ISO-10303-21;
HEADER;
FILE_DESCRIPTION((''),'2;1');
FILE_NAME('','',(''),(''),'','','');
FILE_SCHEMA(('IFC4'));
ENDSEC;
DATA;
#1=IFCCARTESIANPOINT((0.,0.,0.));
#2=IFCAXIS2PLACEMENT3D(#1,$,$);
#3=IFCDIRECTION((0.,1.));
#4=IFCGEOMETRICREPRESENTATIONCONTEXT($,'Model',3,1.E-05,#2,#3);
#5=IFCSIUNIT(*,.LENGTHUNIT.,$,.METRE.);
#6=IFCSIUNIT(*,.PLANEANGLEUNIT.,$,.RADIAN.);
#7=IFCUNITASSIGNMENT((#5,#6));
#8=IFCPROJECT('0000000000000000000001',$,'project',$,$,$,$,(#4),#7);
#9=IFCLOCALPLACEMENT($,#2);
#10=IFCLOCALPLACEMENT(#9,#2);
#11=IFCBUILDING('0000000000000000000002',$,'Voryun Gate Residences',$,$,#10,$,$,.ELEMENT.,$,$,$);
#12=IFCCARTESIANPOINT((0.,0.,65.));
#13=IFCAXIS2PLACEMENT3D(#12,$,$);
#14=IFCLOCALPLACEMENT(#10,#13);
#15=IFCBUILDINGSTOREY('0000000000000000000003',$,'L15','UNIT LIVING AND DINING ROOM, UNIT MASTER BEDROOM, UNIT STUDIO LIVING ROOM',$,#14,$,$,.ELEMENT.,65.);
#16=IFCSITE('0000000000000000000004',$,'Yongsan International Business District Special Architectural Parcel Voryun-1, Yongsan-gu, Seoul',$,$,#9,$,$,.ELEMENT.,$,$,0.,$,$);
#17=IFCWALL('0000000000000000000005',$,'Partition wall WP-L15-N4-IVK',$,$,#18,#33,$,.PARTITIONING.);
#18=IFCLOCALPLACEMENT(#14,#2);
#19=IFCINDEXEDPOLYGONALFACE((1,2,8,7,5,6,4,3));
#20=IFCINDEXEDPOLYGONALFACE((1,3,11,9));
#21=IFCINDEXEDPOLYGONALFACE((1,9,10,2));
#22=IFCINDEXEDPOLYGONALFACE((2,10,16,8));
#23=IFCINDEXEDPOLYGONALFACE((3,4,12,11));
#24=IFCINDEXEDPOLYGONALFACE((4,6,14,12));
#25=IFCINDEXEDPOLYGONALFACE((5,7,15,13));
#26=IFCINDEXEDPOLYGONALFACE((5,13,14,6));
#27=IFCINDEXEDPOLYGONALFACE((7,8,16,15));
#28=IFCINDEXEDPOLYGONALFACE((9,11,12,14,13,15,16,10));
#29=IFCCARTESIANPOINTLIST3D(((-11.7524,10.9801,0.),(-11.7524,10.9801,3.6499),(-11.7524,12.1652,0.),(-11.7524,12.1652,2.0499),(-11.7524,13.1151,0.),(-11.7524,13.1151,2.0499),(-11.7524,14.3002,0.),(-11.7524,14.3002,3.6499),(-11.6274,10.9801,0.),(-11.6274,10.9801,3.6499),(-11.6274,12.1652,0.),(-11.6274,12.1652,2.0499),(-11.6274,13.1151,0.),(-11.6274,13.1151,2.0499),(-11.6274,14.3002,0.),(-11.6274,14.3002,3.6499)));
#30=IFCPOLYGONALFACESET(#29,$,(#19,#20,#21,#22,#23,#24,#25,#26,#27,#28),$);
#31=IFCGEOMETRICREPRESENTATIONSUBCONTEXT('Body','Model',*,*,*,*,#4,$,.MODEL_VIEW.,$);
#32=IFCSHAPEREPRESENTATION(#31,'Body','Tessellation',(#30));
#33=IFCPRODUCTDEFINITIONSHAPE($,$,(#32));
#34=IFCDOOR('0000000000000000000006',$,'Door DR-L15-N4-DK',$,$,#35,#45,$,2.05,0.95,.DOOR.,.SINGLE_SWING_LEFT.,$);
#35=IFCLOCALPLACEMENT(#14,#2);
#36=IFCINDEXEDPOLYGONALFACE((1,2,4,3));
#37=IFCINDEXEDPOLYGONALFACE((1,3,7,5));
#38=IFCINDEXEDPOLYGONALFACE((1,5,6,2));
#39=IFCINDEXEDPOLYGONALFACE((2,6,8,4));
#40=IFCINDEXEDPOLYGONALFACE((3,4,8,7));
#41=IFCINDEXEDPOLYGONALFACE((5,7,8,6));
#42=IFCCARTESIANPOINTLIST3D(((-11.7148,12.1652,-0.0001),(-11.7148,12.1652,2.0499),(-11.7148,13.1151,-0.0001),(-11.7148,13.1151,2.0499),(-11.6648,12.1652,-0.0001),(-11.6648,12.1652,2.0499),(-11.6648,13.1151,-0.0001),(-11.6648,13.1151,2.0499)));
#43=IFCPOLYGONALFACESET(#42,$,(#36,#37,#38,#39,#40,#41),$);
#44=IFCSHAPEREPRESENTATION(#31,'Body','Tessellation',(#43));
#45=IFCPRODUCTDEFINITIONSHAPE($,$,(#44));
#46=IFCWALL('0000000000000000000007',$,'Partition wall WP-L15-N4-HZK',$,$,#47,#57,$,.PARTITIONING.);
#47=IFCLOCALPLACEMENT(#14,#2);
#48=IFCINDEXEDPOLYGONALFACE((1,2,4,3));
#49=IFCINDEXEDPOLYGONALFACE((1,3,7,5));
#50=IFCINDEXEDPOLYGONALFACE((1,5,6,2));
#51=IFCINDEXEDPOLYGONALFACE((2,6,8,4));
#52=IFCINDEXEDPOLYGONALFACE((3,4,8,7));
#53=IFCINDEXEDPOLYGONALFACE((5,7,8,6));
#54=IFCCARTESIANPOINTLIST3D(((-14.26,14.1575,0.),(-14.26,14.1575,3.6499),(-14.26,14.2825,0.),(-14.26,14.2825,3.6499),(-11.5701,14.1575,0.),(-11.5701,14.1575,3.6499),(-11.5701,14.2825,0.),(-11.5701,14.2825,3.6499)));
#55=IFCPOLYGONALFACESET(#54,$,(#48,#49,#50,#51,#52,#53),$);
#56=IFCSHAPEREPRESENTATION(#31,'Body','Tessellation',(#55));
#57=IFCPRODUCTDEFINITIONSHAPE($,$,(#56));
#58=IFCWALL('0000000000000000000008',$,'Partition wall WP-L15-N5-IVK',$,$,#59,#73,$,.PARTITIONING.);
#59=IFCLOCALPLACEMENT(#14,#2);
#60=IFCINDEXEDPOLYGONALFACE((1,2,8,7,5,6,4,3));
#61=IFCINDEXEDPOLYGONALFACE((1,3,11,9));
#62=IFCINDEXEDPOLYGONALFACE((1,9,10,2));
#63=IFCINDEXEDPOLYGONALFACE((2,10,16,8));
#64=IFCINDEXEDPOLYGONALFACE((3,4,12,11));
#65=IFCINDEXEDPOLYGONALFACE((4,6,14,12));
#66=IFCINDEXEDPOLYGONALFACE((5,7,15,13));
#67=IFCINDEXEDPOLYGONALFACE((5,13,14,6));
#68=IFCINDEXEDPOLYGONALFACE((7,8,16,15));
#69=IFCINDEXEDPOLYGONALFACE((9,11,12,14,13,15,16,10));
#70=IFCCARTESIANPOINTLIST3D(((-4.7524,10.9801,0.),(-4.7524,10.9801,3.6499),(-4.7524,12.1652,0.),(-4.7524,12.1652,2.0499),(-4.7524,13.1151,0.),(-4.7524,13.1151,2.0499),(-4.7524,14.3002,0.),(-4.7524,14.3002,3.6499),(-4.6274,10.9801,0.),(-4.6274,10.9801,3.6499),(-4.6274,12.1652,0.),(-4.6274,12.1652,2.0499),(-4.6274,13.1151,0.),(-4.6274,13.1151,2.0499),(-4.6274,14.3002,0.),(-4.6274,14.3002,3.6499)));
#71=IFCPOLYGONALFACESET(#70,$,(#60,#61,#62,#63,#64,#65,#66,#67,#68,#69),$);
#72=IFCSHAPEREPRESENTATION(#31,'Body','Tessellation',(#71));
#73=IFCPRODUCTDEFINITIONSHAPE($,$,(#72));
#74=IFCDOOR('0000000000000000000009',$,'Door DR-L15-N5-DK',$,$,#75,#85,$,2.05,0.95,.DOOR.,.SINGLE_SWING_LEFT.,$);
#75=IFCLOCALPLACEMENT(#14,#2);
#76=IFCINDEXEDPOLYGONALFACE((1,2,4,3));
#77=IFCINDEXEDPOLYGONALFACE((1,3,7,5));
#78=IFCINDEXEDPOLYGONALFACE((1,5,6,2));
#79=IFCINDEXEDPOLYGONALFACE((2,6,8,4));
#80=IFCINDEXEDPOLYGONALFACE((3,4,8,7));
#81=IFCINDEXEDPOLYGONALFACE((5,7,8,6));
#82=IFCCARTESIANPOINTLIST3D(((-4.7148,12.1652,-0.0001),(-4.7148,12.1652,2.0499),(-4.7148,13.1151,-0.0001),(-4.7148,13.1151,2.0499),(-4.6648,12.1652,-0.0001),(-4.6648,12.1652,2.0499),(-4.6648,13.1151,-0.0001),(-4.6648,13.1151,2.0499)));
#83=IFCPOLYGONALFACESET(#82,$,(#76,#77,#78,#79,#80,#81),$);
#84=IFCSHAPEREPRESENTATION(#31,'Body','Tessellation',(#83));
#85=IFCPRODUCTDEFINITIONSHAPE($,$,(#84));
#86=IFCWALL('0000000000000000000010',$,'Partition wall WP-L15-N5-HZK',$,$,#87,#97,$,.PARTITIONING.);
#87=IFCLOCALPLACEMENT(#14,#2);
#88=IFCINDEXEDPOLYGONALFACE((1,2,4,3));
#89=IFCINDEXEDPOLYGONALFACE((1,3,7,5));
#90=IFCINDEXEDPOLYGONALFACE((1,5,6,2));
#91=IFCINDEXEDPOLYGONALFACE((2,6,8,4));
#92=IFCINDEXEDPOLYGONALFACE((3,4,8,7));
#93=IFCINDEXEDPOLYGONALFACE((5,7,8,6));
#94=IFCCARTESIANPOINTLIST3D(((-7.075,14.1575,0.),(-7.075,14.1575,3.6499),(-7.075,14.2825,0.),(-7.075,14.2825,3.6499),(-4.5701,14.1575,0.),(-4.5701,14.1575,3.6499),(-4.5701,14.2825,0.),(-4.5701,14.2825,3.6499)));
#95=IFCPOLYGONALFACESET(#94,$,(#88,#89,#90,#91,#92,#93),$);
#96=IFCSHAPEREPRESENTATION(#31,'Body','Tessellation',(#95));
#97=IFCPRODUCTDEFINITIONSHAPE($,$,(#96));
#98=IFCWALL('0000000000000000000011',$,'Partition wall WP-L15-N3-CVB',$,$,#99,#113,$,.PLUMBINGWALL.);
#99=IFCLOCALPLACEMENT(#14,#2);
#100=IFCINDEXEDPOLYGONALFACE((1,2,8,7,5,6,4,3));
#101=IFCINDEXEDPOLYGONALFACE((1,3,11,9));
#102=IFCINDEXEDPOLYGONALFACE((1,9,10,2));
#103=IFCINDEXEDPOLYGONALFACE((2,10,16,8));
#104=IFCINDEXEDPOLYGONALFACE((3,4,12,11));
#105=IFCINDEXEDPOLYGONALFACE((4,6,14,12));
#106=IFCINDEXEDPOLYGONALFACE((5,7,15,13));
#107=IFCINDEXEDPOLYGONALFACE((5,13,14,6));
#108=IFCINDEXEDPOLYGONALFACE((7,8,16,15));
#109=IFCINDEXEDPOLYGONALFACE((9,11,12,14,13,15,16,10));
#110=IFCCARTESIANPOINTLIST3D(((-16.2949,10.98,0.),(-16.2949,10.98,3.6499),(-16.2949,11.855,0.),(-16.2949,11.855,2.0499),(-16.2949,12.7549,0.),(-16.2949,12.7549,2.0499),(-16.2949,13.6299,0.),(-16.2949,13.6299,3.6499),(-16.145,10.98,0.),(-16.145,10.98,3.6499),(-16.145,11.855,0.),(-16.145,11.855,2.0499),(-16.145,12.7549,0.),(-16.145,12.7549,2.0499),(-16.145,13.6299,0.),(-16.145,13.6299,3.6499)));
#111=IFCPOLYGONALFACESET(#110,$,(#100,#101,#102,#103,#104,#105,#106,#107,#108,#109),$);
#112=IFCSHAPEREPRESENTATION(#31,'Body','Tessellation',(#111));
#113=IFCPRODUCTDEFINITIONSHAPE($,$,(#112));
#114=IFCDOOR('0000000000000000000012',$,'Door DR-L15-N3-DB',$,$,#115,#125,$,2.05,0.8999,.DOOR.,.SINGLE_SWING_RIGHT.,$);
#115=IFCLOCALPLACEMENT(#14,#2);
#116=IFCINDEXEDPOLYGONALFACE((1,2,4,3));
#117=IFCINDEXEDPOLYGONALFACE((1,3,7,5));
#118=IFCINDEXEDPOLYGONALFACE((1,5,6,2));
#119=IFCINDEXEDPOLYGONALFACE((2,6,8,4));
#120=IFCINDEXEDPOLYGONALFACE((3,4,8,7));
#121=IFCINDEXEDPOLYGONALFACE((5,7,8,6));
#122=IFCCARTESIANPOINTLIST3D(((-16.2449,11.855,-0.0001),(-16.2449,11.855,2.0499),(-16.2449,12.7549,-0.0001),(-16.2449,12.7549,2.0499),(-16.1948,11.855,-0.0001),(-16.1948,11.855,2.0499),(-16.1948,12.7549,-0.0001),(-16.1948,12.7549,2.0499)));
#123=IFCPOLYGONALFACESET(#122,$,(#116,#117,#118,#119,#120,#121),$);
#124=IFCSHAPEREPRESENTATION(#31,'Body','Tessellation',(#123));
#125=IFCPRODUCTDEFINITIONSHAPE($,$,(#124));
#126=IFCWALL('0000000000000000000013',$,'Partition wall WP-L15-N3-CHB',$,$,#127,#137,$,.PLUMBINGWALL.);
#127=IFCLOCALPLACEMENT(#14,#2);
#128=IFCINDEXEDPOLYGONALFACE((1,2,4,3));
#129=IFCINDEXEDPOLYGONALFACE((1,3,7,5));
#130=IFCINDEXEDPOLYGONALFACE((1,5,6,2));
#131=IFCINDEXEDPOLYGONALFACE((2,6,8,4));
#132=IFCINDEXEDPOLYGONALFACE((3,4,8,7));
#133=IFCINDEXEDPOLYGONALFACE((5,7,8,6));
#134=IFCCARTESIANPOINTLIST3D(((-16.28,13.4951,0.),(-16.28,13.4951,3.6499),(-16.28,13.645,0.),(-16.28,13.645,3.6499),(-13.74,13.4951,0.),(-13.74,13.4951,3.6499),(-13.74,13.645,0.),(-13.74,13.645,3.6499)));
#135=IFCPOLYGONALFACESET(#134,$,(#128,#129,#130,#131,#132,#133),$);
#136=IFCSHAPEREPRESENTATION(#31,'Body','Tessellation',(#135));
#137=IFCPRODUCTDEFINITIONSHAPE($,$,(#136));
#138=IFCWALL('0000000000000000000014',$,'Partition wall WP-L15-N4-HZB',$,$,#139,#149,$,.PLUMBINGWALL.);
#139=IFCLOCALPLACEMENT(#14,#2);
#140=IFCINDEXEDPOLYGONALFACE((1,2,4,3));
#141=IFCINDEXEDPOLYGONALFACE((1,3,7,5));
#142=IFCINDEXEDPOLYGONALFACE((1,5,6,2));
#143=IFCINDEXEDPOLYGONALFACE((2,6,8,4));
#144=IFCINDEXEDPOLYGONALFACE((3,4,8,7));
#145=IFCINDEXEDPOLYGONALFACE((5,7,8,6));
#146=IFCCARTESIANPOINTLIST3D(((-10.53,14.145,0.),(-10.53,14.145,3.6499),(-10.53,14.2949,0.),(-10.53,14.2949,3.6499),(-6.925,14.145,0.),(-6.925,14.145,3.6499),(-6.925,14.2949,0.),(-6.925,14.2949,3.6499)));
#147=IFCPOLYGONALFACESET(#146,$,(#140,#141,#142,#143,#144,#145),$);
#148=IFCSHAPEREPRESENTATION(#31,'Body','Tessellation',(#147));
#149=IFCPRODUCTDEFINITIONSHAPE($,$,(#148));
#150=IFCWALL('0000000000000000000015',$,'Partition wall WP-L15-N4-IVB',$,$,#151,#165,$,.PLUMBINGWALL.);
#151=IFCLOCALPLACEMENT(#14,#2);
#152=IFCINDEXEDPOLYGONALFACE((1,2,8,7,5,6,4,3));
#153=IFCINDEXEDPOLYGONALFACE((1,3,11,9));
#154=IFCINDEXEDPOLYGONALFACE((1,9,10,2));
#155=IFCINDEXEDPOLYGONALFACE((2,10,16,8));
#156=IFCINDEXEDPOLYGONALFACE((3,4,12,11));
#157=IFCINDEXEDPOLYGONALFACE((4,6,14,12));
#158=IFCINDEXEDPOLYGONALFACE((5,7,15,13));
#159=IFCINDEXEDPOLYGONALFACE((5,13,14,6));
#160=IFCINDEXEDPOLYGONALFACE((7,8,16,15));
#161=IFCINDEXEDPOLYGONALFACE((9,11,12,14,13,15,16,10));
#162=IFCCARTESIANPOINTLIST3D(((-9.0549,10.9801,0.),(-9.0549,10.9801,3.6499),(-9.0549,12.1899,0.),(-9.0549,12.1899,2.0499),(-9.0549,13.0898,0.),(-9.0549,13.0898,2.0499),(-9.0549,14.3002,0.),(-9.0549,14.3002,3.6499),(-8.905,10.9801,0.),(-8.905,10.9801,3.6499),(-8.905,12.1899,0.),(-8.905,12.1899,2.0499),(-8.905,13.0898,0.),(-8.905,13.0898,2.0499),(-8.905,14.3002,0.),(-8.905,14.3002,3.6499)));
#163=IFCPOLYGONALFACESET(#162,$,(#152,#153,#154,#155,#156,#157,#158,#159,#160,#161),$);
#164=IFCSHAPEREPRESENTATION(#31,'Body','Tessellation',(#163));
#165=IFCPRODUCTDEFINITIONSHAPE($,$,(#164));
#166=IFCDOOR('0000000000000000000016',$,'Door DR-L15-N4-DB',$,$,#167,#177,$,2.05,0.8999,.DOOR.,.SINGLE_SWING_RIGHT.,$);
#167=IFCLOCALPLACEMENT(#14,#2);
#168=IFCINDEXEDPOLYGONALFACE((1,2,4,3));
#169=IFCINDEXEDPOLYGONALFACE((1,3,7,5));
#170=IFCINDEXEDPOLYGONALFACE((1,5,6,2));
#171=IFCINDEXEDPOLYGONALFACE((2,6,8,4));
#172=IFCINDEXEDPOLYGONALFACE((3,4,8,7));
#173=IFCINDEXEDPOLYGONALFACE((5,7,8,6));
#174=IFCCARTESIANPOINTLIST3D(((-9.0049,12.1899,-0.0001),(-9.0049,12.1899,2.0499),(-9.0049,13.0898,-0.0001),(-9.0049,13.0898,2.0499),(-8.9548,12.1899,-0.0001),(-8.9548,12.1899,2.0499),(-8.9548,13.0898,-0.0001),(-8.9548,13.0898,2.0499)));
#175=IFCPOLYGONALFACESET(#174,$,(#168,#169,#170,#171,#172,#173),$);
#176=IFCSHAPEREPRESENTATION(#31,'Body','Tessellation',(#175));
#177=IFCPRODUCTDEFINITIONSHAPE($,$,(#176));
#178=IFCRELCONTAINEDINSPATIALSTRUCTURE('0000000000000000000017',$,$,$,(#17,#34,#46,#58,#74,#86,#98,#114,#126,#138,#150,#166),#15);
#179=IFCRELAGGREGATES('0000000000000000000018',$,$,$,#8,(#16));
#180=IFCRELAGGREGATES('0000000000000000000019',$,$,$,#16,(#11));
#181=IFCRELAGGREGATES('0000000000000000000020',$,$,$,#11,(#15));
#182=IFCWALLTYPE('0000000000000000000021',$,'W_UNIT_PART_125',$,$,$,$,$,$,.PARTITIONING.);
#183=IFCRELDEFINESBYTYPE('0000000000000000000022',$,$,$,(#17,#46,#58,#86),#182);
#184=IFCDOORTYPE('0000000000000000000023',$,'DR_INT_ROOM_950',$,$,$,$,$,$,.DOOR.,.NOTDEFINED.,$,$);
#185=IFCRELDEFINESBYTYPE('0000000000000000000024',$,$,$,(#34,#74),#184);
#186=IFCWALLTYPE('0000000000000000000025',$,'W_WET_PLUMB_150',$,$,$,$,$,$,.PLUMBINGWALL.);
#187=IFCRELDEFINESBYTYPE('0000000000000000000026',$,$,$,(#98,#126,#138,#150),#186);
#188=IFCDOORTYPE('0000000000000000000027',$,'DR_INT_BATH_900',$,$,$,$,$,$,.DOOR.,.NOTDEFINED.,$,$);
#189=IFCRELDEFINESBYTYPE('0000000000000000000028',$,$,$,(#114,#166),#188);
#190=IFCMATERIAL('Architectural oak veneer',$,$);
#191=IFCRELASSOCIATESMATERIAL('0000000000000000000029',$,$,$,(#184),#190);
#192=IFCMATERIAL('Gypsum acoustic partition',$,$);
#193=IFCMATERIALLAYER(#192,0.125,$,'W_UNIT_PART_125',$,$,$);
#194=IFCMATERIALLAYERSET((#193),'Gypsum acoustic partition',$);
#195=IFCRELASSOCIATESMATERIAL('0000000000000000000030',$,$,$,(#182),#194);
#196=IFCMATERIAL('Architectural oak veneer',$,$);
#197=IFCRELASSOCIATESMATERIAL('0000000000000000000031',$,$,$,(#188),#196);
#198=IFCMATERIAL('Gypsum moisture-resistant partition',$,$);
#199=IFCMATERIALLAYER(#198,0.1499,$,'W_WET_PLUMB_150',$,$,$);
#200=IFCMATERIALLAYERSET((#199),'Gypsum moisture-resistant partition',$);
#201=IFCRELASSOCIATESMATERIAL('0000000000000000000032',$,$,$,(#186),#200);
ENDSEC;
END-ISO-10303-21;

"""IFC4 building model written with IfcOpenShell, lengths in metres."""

from ifc_helpers import new_model, si_unit, direction, frame, frame_2d, origin, place, context, subcontext, project, spatial, rectangle, extrude, material, layer, layer_set, type_object, element, fill, save


model = new_model("IFC4")

# Units and contexts
model_context = context("Model", 3, precision=1e-05, world=origin(), true_north=direction((0.0, 1.0)))
body_context = subcontext(model_context, "Body", "Model", "MODEL_VIEW")
ifc_project = project(units=[si_unit("LENGTHUNIT", "METRE"), si_unit("PLANEANGLEUNIT", "RADIAN")], contexts=[model_context])

# Site, building, storey
site_placement = place(None, origin())
site = spatial("IfcSite", under=ifc_project, at=site_placement, Name="Yongsan International Business District Special Architectural Parcel Voryun-1, Yongsan-gu, Seoul", CompositionType="ELEMENT", RefElevation=0.0)
building_placement = place(site_placement, origin())
building = spatial("IfcBuilding", under=site, at=building_placement, Name="Voryun Gate Residences", CompositionType="ELEMENT")
storey_placement = place(building_placement, frame((0.0, 0.0, 65.0)))
storey = spatial("IfcBuildingStorey", under=building, at=storey_placement, Name="L15", Description="UNIT LIVING AND DINING ROOM, UNIT MASTER BEDROOM, UNIT STUDIO LIVING ROOM", CompositionType="ELEMENT", Elevation=65.0)

# Shared definitions
ifc_material_1 = material(Name="Architectural oak veneer")
door_type_1 = type_object("IfcDoorType", Name="DR_INT_ROOM_950", OperationType="NOTDEFINED", PredefinedType="DOOR", material=ifc_material_1)

# Wall, opening, door
ifc_material_2 = material(Name="Gypsum acoustic partition")
ifc_layer_1 = layer(ifc_material_2, 0.125, Name="W_UNIT_PART_125")
ifc_layer_set_1 = layer_set([ifc_layer_1], Name="Gypsum acoustic partition")
wall_type_1 = type_object("IfcWallType", Name="W_UNIT_PART_125", PredefinedType="PARTITIONING", material=ifc_layer_set_1)
ifc_material_3 = material(Name="Architectural oak veneer")
door_type_2 = type_object("IfcDoorType", Name="DR_INT_BATH_900", OperationType="NOTDEFINED", PredefinedType="DOOR", material=ifc_material_3)
wall_1_placement = place(storey_placement, frame((-11.6899, 10.98, 0.0), z_axis=(0.0, 0.0, 1.0), x_axis=(0.0, 1.0, 0.0)))
wall_1 = element("IfcWall", 1, at=wall_1_placement, inside=storey, type_object=wall_type_1, Name="Partition wall WP-L15-N4-IVK", PredefinedType="PARTITIONING", context=body_context, shape_type="SweptSolid", body=[
    extrude(rectangle(XDim=3.3201, YDim=0.125, at=frame_2d((1.6602, 0.0))), origin(), (0.0, 0.0, 1.0), 3.6499),
])
opening_1_placement = place(wall_1_placement, frame((1.1851, 0.0, 0.0)))
opening_1 = element("IfcOpeningElement", 2, at=opening_1_placement, cuts=wall_1, PredefinedType="OPENING", context=body_context, shape_type="SweptSolid", body=[
    extrude(rectangle(XDim=0.95, YDim=2.05, at=frame_2d((0.4751, 1.0249))), frame((0.0, 0.0725, 0.0), z_axis=(0.0, -1.0, 0.0), x_axis=(1.0, 0.0, 0.0)), (0.0, 0.0, 1.0), 0.145),
])
door_1_placement = place(opening_1_placement, origin())
door_1 = element("IfcDoor", 3, at=door_1_placement, inside=storey, type_object=door_type_1, Name="Door DR-L15-N4-DK", OperationType="SINGLE_SWING_LEFT", OverallHeight=2.05, OverallWidth=0.95, PredefinedType="DOOR", context=body_context, shape_type="SweptSolid", body=[
    extrude(rectangle(XDim=0.95, YDim=2.05, at=frame_2d((0.4751, 1.0249))), frame((0.0, 0.0249, 0.0), z_axis=(0.0, -1.0, 0.0), x_axis=(1.0, 0.0, 0.0)), (0.0, 0.0, 1.0), 0.05),
])
fill(opening_1, door_1)

# Wall
wall_2_placement = place(storey_placement, frame((-14.26, 14.22, 0.0), z_axis=(0.0, 0.0, 1.0), x_axis=(1.0, 0.0, 0.0)))
element("IfcWall", 4, at=wall_2_placement, inside=storey, type_object=wall_type_1, Name="Partition wall WP-L15-N4-HZK", PredefinedType="PARTITIONING", context=body_context, shape_type="SweptSolid", body=[
    extrude(rectangle(XDim=2.6899, YDim=0.125, at=frame_2d((1.345, 0.0))), origin(), (0.0, 0.0, 1.0), 3.6499),
])

# Wall, opening, door
wall_3_placement = place(storey_placement, frame((-4.6899, 10.98, 0.0), z_axis=(0.0, 0.0, 1.0), x_axis=(0.0, 1.0, 0.0)))
wall_3 = element("IfcWall", 5, at=wall_3_placement, inside=storey, type_object=wall_type_1, Name="Partition wall WP-L15-N5-IVK", PredefinedType="PARTITIONING", context=body_context, shape_type="SweptSolid", body=[
    extrude(rectangle(XDim=3.3201, YDim=0.125, at=frame_2d((1.6602, 0.0))), origin(), (0.0, 0.0, 1.0), 3.6499),
])
opening_2_placement = place(wall_3_placement, frame((1.1851, 0.0, 0.0)))
opening_2 = element("IfcOpeningElement", 6, at=opening_2_placement, cuts=wall_3, PredefinedType="OPENING", context=body_context, shape_type="SweptSolid", body=[
    extrude(rectangle(XDim=0.95, YDim=2.05, at=frame_2d((0.4751, 1.0249))), frame((0.0, 0.0725, 0.0), z_axis=(0.0, -1.0, 0.0), x_axis=(1.0, 0.0, 0.0)), (0.0, 0.0, 1.0), 0.145),
])
door_2_placement = place(opening_2_placement, origin())
door_2 = element("IfcDoor", 7, at=door_2_placement, inside=storey, type_object=door_type_1, Name="Door DR-L15-N5-DK", OperationType="SINGLE_SWING_LEFT", OverallHeight=2.05, OverallWidth=0.95, PredefinedType="DOOR", context=body_context, shape_type="SweptSolid", body=[
    extrude(rectangle(XDim=0.95, YDim=2.05, at=frame_2d((0.4751, 1.0249))), frame((0.0, 0.0249, 0.0), z_axis=(0.0, -1.0, 0.0), x_axis=(1.0, 0.0, 0.0)), (0.0, 0.0, 1.0), 0.05),
])
fill(opening_2, door_2)

# Wall
wall_4_placement = place(storey_placement, frame((-7.075, 14.22, 0.0), z_axis=(0.0, 0.0, 1.0), x_axis=(1.0, 0.0, 0.0)))
element("IfcWall", 8, at=wall_4_placement, inside=storey, type_object=wall_type_1, Name="Partition wall WP-L15-N5-HZK", PredefinedType="PARTITIONING", context=body_context, shape_type="SweptSolid", body=[
    extrude(rectangle(XDim=2.5049, YDim=0.125, at=frame_2d((1.2524, 0.0))), origin(), (0.0, 0.0, 1.0), 3.6499),
])

# Wall, opening, door
ifc_material_4 = material(Name="Gypsum moisture-resistant partition")
ifc_layer_2 = layer(ifc_material_4, 0.1499, Name="W_WET_PLUMB_150")
ifc_layer_set_2 = layer_set([ifc_layer_2], Name="Gypsum moisture-resistant partition")
wall_type_2 = type_object("IfcWallType", Name="W_WET_PLUMB_150", PredefinedType="PLUMBINGWALL", material=ifc_layer_set_2)
wall_5_placement = place(storey_placement, frame((-16.22, 10.98, 0.0), z_axis=(0.0, 0.0, 1.0), x_axis=(0.0, 1.0, 0.0)))
wall_5 = element("IfcWall", 9, at=wall_5_placement, inside=storey, type_object=wall_type_2, Name="Partition wall WP-L15-N3-CVB", PredefinedType="PLUMBINGWALL", context=body_context, shape_type="SweptSolid", body=[
    extrude(rectangle(XDim=2.6499, YDim=0.1499, at=frame_2d((1.325, 0.0))), origin(), (0.0, 0.0, 1.0), 3.6499),
])
opening_3_placement = place(wall_5_placement, frame((0.875, 0.0, 0.0)))
opening_3 = element("IfcOpeningElement", 10, at=opening_3_placement, cuts=wall_5, PredefinedType="OPENING", context=body_context, shape_type="SweptSolid", body=[
    extrude(rectangle(XDim=0.8999, YDim=2.05, at=frame_2d((0.45, 1.0249))), frame((0.0, 0.085, 0.0), z_axis=(0.0, -1.0, 0.0), x_axis=(1.0, 0.0, 0.0)), (0.0, 0.0, 1.0), 0.1699),
])
door_3_placement = place(opening_3_placement, origin())
door_3 = element("IfcDoor", 11, at=door_3_placement, inside=storey, type_object=door_type_2, Name="Door DR-L15-N3-DB", OperationType="SINGLE_SWING_RIGHT", OverallHeight=2.05, OverallWidth=0.8999, PredefinedType="DOOR", context=body_context, shape_type="SweptSolid", body=[
    extrude(rectangle(XDim=0.8999, YDim=2.05, at=frame_2d((0.45, 1.0249))), frame((0.0, 0.0249, 0.0), z_axis=(0.0, -1.0, 0.0), x_axis=(1.0, 0.0, 0.0)), (0.0, 0.0, 1.0), 0.05),
])
fill(opening_3, door_3)

# Walls
wall_6_placement = place(storey_placement, frame((-16.28, 13.5701, 0.0), z_axis=(0.0, 0.0, 1.0), x_axis=(1.0, 0.0, 0.0)))
element("IfcWall", 12, at=wall_6_placement, inside=storey, type_object=wall_type_2, Name="Partition wall WP-L15-N3-CHB", PredefinedType="PLUMBINGWALL", context=body_context, shape_type="SweptSolid", body=[
    extrude(rectangle(XDim=2.54, YDim=0.1499, at=frame_2d((1.27, 0.0))), origin(), (0.0, 0.0, 1.0), 3.6499),
])
wall_7_placement = place(storey_placement, frame((-10.53, 14.22, 0.0), z_axis=(0.0, 0.0, 1.0), x_axis=(1.0, 0.0, 0.0)))
element("IfcWall", 13, at=wall_7_placement, inside=storey, type_object=wall_type_2, Name="Partition wall WP-L15-N4-HZB", PredefinedType="PLUMBINGWALL", context=body_context, shape_type="SweptSolid", body=[
    extrude(rectangle(XDim=3.605, YDim=0.1499, at=frame_2d((1.8025, 0.0))), origin(), (0.0, 0.0, 1.0), 3.6499),
])

# Wall, opening, door
wall_8_placement = place(storey_placement, frame((-8.98, 10.98, 0.0), z_axis=(0.0, 0.0, 1.0), x_axis=(0.0, 1.0, 0.0)))
wall_8 = element("IfcWall", 14, at=wall_8_placement, inside=storey, type_object=wall_type_2, Name="Partition wall WP-L15-N4-IVB", PredefinedType="PLUMBINGWALL", context=body_context, shape_type="SweptSolid", body=[
    extrude(rectangle(XDim=3.3201, YDim=0.1499, at=frame_2d((1.6602, 0.0))), origin(), (0.0, 0.0, 1.0), 3.6499),
])
opening_4_placement = place(wall_8_placement, frame((1.21, 0.0, 0.0)))
opening_4 = element("IfcOpeningElement", 15, at=opening_4_placement, cuts=wall_8, PredefinedType="OPENING", context=body_context, shape_type="SweptSolid", body=[
    extrude(rectangle(XDim=0.8999, YDim=2.05, at=frame_2d((0.45, 1.0249))), frame((0.0, 0.085, 0.0), z_axis=(0.0, -1.0, 0.0), x_axis=(1.0, 0.0, 0.0)), (0.0, 0.0, 1.0), 0.1699),
])
door_4_placement = place(opening_4_placement, origin())
door_4 = element("IfcDoor", 16, at=door_4_placement, inside=storey, type_object=door_type_2, Name="Door DR-L15-N4-DB", OperationType="SINGLE_SWING_RIGHT", OverallHeight=2.05, OverallWidth=0.8999, PredefinedType="DOOR", context=body_context, shape_type="SweptSolid", body=[
    extrude(rectangle(XDim=0.8999, YDim=2.05, at=frame_2d((0.45, 1.0249))), frame((0.0, 0.0249, 0.0), z_axis=(0.0, -1.0, 0.0), x_axis=(1.0, 0.0, 0.0)), (0.0, 0.0, 1.0), 0.05),
])
fill(opening_4, door_4)

save(model, "model.ifc")
